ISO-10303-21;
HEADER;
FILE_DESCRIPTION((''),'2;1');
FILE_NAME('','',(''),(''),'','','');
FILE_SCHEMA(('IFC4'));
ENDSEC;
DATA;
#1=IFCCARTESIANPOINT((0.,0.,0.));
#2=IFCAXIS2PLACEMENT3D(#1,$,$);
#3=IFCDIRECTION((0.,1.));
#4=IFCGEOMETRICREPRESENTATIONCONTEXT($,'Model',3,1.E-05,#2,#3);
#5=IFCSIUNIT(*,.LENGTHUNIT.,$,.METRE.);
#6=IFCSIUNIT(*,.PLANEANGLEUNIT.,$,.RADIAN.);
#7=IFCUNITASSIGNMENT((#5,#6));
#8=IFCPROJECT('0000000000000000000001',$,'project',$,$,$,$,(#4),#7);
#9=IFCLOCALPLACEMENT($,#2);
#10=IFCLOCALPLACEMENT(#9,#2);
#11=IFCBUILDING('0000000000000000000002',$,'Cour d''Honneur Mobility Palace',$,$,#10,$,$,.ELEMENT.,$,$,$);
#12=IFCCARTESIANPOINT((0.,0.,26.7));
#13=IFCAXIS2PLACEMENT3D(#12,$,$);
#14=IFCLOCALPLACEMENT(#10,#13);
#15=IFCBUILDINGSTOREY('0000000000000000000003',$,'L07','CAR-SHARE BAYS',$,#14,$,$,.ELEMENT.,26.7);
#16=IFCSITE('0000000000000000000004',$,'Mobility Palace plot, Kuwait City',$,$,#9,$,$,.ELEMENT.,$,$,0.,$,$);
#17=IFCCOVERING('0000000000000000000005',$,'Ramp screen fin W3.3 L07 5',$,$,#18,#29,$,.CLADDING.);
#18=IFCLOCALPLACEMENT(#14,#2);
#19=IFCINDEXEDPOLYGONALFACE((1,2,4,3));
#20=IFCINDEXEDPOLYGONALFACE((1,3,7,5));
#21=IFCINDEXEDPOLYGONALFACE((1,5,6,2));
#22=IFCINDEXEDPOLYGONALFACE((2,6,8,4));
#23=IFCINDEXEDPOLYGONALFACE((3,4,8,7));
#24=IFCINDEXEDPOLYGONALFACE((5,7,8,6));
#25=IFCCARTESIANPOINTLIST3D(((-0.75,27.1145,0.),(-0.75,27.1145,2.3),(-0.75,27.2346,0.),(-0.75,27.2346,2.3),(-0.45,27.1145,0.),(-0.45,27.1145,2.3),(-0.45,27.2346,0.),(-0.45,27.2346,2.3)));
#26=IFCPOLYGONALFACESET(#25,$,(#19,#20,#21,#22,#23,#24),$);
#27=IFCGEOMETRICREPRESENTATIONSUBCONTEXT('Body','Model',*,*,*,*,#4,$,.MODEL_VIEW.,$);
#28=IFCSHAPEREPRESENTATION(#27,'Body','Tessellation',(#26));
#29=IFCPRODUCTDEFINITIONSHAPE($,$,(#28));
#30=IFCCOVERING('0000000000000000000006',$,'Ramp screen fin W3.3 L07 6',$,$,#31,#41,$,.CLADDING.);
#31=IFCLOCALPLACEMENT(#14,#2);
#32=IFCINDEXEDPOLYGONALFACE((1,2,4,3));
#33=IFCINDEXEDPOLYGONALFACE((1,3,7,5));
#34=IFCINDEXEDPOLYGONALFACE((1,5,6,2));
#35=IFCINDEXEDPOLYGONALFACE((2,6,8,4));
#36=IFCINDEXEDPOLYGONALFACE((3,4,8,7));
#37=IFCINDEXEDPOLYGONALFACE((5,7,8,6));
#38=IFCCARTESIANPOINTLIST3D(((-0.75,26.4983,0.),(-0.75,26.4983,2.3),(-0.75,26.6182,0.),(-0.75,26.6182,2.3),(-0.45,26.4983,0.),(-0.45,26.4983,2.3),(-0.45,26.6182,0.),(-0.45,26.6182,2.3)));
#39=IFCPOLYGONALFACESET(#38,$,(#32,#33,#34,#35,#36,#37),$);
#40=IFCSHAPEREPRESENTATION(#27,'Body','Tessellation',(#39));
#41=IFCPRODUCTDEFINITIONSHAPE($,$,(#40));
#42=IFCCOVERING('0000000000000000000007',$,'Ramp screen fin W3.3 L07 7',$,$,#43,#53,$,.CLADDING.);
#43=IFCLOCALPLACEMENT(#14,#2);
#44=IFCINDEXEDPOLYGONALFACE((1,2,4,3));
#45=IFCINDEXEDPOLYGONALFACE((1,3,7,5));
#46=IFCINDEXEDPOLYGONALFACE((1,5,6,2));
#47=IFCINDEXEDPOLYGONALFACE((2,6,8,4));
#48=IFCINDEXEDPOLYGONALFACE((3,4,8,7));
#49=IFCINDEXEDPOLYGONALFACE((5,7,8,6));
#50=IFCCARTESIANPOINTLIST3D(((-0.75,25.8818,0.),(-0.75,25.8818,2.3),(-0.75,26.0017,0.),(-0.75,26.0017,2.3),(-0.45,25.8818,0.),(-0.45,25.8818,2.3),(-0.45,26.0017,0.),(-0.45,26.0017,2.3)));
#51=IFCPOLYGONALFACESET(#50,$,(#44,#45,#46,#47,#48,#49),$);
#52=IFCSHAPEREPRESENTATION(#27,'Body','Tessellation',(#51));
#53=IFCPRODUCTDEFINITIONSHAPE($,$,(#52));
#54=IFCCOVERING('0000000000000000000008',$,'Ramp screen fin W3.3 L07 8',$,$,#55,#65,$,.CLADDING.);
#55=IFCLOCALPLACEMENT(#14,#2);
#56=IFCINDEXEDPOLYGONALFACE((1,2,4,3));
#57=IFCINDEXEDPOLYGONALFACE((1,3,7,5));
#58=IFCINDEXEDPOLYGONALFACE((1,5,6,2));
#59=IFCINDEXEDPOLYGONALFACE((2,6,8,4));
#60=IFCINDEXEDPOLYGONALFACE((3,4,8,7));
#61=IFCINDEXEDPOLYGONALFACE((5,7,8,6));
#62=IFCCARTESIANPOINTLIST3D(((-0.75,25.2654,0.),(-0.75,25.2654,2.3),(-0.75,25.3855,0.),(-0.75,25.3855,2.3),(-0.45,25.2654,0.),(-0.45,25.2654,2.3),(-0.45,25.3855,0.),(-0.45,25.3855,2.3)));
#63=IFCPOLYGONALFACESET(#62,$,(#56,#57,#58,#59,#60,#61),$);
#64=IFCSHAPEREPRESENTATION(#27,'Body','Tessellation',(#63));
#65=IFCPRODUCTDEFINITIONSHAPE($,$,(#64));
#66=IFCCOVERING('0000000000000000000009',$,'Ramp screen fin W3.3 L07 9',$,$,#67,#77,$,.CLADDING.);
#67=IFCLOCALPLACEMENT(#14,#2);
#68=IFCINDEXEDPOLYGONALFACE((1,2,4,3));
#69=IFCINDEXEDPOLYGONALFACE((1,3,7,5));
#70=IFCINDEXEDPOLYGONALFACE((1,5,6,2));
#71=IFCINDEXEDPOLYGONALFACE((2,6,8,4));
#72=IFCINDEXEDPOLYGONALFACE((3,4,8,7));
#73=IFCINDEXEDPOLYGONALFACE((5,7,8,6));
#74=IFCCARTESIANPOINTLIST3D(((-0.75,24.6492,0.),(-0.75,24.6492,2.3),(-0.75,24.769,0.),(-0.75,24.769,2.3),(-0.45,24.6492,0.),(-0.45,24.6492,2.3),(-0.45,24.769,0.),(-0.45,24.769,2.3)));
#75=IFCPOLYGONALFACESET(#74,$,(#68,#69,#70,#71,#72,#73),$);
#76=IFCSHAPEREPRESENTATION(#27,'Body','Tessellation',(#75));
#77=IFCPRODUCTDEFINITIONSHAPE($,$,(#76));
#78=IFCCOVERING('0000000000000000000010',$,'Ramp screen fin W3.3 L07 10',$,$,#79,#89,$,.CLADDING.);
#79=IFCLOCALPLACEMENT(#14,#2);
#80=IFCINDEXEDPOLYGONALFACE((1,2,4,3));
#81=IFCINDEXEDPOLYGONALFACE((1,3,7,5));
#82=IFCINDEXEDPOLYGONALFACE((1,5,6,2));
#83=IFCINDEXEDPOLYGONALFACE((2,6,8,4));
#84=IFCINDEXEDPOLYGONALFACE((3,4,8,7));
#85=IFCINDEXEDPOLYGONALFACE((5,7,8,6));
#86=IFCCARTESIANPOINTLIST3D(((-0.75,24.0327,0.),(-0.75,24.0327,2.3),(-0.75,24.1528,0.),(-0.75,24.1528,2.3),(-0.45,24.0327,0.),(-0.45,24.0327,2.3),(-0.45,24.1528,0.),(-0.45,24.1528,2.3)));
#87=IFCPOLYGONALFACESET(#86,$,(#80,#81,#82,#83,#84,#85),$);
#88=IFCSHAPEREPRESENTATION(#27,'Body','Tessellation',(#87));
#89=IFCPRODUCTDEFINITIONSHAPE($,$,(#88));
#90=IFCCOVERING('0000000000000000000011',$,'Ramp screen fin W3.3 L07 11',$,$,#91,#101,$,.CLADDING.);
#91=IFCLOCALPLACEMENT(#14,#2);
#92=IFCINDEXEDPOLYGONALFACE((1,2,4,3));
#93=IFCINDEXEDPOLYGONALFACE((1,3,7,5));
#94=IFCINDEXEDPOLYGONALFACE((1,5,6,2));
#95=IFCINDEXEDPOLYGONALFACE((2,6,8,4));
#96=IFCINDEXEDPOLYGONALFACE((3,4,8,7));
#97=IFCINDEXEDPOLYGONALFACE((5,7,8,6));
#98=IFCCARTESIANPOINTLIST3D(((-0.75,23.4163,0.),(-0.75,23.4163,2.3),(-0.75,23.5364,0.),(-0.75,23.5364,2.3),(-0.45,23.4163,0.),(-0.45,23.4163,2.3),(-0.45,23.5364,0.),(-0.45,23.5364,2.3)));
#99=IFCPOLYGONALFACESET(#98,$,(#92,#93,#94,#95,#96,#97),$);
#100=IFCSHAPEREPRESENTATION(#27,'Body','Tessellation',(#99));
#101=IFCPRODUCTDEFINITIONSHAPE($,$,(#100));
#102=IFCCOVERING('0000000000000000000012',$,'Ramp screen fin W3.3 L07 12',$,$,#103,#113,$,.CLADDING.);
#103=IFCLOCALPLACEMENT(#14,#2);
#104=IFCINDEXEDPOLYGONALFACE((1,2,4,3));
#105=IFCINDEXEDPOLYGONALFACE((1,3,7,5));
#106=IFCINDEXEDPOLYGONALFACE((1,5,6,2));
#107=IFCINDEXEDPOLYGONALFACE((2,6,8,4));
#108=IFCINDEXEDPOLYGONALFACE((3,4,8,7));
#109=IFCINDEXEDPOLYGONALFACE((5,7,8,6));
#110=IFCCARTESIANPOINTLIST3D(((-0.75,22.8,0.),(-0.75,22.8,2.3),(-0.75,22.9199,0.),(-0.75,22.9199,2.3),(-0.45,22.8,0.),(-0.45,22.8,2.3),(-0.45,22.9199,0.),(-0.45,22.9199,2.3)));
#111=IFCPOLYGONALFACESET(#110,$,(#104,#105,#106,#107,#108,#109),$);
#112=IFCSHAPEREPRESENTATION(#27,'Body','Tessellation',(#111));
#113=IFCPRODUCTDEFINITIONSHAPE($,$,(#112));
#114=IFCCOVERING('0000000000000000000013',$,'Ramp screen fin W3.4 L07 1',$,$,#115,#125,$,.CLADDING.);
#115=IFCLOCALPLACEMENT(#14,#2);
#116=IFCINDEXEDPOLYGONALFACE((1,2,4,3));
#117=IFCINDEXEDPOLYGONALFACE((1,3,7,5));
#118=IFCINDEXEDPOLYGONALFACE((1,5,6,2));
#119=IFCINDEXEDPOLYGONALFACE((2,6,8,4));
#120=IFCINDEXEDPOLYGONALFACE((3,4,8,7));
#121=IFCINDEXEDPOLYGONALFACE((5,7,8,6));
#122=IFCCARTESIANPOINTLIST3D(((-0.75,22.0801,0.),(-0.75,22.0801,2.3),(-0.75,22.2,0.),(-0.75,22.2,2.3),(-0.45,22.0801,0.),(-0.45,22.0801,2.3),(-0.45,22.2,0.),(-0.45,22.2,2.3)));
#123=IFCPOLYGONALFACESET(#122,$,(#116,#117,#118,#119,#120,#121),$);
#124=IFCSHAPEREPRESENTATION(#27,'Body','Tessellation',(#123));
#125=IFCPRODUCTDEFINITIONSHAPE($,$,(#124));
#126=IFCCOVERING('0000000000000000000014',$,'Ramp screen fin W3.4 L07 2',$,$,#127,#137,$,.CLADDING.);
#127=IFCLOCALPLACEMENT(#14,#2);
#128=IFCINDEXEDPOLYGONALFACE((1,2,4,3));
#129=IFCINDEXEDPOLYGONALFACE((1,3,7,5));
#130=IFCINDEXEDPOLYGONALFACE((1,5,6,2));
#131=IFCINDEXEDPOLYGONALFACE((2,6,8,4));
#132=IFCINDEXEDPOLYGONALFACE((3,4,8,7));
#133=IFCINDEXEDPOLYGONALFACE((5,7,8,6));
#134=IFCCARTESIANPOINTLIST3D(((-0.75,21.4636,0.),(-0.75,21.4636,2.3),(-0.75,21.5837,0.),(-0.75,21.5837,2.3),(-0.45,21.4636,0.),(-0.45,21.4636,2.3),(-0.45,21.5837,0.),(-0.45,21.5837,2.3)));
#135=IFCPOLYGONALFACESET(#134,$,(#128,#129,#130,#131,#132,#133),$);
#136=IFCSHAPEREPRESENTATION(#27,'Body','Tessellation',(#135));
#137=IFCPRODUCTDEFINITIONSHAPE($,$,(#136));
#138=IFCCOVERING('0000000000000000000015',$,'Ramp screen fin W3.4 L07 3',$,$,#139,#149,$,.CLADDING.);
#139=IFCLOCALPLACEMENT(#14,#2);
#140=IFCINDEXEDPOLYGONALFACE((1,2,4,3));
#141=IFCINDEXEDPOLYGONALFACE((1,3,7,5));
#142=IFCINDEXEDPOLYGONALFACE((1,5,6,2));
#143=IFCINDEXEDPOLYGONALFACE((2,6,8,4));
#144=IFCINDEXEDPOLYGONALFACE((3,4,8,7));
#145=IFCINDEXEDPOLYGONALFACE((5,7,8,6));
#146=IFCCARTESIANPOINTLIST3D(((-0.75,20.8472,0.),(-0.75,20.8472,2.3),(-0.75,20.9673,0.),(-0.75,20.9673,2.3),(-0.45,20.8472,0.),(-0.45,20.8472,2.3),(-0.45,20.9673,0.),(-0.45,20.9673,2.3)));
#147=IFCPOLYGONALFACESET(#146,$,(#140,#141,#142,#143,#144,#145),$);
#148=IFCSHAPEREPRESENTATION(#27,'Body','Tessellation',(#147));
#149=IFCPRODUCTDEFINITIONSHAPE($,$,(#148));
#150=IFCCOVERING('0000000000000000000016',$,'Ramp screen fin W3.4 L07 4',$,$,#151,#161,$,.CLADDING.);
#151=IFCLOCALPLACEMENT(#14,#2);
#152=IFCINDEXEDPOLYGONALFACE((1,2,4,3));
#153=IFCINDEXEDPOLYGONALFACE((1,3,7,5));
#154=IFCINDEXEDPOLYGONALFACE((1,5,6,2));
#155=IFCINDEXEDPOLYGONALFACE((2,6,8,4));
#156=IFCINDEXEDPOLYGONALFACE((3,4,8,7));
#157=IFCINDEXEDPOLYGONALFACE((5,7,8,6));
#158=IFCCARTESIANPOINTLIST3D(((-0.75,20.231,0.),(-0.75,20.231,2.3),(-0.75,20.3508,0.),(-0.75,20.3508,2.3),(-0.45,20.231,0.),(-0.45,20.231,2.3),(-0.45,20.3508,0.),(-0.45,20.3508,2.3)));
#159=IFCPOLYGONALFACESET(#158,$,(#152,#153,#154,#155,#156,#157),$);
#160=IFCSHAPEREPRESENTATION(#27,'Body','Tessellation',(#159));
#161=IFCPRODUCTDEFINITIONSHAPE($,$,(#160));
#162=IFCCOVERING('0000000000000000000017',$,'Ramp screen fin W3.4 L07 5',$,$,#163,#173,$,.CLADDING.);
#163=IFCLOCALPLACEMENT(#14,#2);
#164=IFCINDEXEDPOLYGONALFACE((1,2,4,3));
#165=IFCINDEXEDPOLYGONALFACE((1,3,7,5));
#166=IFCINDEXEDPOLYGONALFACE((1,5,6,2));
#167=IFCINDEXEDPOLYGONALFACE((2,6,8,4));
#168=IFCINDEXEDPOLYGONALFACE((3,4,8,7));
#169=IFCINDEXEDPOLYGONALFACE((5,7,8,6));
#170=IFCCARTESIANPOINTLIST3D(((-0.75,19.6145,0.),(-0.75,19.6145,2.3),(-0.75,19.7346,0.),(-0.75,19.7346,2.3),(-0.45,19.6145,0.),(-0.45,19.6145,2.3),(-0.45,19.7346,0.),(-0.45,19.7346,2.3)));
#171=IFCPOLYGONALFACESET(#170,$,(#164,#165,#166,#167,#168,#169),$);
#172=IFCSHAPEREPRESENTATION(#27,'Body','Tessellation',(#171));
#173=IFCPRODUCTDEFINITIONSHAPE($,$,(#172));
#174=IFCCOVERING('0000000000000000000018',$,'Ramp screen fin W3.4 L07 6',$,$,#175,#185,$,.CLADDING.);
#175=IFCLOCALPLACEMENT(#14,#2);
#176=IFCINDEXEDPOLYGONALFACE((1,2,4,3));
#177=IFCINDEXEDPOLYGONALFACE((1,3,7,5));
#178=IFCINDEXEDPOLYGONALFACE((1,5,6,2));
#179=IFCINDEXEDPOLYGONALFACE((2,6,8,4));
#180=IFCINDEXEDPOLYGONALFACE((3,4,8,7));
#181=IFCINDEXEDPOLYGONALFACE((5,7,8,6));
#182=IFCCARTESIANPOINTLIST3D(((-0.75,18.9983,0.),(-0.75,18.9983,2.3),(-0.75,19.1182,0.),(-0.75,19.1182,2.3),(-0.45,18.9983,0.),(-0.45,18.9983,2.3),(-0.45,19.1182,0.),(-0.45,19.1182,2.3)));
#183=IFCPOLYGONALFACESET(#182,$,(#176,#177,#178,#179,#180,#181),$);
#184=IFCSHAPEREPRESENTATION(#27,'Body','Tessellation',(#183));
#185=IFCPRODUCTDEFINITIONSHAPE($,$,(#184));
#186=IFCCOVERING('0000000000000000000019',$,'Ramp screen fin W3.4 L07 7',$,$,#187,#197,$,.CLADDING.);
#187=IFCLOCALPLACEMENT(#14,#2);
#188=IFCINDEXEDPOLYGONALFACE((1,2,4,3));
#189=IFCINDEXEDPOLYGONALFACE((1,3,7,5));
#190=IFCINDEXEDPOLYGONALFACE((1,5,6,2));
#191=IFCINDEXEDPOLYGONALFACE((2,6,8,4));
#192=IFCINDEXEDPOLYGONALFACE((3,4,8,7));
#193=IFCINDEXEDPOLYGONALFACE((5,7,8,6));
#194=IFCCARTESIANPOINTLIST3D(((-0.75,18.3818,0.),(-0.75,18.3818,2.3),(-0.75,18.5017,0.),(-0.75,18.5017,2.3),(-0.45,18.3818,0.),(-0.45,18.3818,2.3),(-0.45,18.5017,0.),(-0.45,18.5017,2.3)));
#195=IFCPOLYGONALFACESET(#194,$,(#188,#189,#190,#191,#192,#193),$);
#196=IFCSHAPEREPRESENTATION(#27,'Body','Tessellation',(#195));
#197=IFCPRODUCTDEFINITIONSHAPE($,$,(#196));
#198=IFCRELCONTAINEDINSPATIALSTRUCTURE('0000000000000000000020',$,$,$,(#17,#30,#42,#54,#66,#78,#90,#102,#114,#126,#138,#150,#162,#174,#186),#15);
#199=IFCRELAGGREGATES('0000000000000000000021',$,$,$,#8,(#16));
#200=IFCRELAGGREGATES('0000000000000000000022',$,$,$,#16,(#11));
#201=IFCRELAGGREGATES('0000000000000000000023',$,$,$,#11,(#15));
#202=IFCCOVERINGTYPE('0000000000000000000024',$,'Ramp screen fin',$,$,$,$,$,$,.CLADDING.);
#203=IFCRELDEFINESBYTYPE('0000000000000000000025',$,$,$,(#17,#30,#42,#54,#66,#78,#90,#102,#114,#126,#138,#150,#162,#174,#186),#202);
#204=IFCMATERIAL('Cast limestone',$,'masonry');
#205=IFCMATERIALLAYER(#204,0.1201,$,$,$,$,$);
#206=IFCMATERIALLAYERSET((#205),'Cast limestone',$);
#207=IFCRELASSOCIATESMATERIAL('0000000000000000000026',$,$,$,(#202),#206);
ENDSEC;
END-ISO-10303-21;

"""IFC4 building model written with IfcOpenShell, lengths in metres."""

from ifc_helpers import new_model, si_unit, direction, frame, origin, place, context, subcontext, project, spatial, polyline, outline, extrude, material, layer, layer_set, type_object, element, save


model = new_model("IFC4")

# Units and contexts
model_context = context("Model", 3, precision=1e-05, world=origin(), true_north=direction((0.0, 1.0)))
body_context = subcontext(model_context, "Body", "Model", "MODEL_VIEW")
ifc_project = project(units=[si_unit("LENGTHUNIT", "METRE"), si_unit("PLANEANGLEUNIT", "RADIAN")], contexts=[model_context])

# Site, building, storey
site_placement = place(None, origin())
site = spatial("IfcSite", under=ifc_project, at=site_placement, Name="Mobility Palace plot, Kuwait City", CompositionType="ELEMENT", RefElevation=0.0)
building_placement = place(site_placement, origin())
building = spatial("IfcBuilding", under=site, at=building_placement, Name="Cour d'Honneur Mobility Palace", CompositionType="ELEMENT")
storey_placement = place(building_placement, frame((0.0, 0.0, 26.7)))
storey = spatial("IfcBuildingStorey", under=building, at=storey_placement, Name="L07", Description="CAR-SHARE BAYS", CompositionType="ELEMENT", Elevation=26.7)

# Coverings
ifc_material = material(Name="Cast limestone", Category="masonry")
ifc_layer = layer(ifc_material, 0.1201)
ifc_layer_set = layer_set([ifc_layer], Name="Cast limestone")
covering_type = type_object("IfcCoveringType", Name="Ramp screen fin", PredefinedType="CLADDING", material=ifc_layer_set)
covering_1_placement = place(storey_placement, origin())
element("IfcCovering", 1, at=covering_1_placement, inside=storey, type_object=covering_type, Name="Ramp screen fin W3.3 L07 5", PredefinedType="CLADDING", context=body_context, shape_type="SweptSolid", body=[
    extrude(outline(polyline([(-0.45, 27.2346), (-0.45, 27.1145), (-0.75, 27.1145), (-0.75, 27.2346), (-0.45, 27.2346)])), origin(), (0.0, 0.0, 1.0), 2.3),
])
covering_2_placement = place(storey_placement, origin())
element("IfcCovering", 2, at=covering_2_placement, inside=storey, type_object=covering_type, Name="Ramp screen fin W3.3 L07 6", PredefinedType="CLADDING", context=body_context, shape_type="SweptSolid", body=[
    extrude(outline(polyline([(-0.45, 26.6182), (-0.45, 26.4983), (-0.75, 26.4983), (-0.75, 26.6182), (-0.45, 26.6182)])), origin(), (0.0, 0.0, 1.0), 2.3),
])
covering_3_placement = place(storey_placement, origin())
element("IfcCovering", 3, at=covering_3_placement, inside=storey, type_object=covering_type, Name="Ramp screen fin W3.3 L07 7", PredefinedType="CLADDING", context=body_context, shape_type="SweptSolid", body=[
    extrude(outline(polyline([(-0.45, 26.0017), (-0.45, 25.8818), (-0.75, 25.8818), (-0.75, 26.0017), (-0.45, 26.0017)])), origin(), (0.0, 0.0, 1.0), 2.3),
])
covering_4_placement = place(storey_placement, origin())
element("IfcCovering", 4, at=covering_4_placement, inside=storey, type_object=covering_type, Name="Ramp screen fin W3.3 L07 8", PredefinedType="CLADDING", context=body_context, shape_type="SweptSolid", body=[
    extrude(outline(polyline([(-0.45, 25.3855), (-0.45, 25.2654), (-0.75, 25.2654), (-0.75, 25.3855), (-0.45, 25.3855)])), origin(), (0.0, 0.0, 1.0), 2.3),
])
covering_5_placement = place(storey_placement, origin())
element("IfcCovering", 5, at=covering_5_placement, inside=storey, type_object=covering_type, Name="Ramp screen fin W3.3 L07 9", PredefinedType="CLADDING", context=body_context, shape_type="SweptSolid", body=[
    extrude(outline(polyline([(-0.45, 24.769), (-0.45, 24.6492), (-0.75, 24.6492), (-0.75, 24.769), (-0.45, 24.769)])), origin(), (0.0, 0.0, 1.0), 2.3),
])
covering_6_placement = place(storey_placement, origin())
element("IfcCovering", 6, at=covering_6_placement, inside=storey, type_object=covering_type, Name="Ramp screen fin W3.3 L07 10", PredefinedType="CLADDING", context=body_context, shape_type="SweptSolid", body=[
    extrude(outline(polyline([(-0.45, 24.1528), (-0.45, 24.0327), (-0.75, 24.0327), (-0.75, 24.1528), (-0.45, 24.1528)])), origin(), (0.0, 0.0, 1.0), 2.3),
])
covering_7_placement = place(storey_placement, origin())
element("IfcCovering", 7, at=covering_7_placement, inside=storey, type_object=covering_type, Name="Ramp screen fin W3.3 L07 11", PredefinedType="CLADDING", context=body_context, shape_type="SweptSolid", body=[
    extrude(outline(polyline([(-0.45, 23.5364), (-0.45, 23.4163), (-0.75, 23.4163), (-0.75, 23.5364), (-0.45, 23.5364)])), origin(), (0.0, 0.0, 1.0), 2.3),
])
covering_8_placement = place(storey_placement, origin())
element("IfcCovering", 8, at=covering_8_placement, inside=storey, type_object=covering_type, Name="Ramp screen fin W3.3 L07 12", PredefinedType="CLADDING", context=body_context, shape_type="SweptSolid", body=[
    extrude(outline(polyline([(-0.45, 22.9199), (-0.45, 22.8), (-0.75, 22.8), (-0.75, 22.9199), (-0.45, 22.9199)])), origin(), (0.0, 0.0, 1.0), 2.3),
])
covering_9_placement = place(storey_placement, origin())
element("IfcCovering", 9, at=covering_9_placement, inside=storey, type_object=covering_type, Name="Ramp screen fin W3.4 L07 1", PredefinedType="CLADDING", context=body_context, shape_type="SweptSolid", body=[
    extrude(outline(polyline([(-0.45, 22.2), (-0.45, 22.0801), (-0.75, 22.0801), (-0.75, 22.2), (-0.45, 22.2)])), origin(), (0.0, 0.0, 1.0), 2.3),
])
covering_10_placement = place(storey_placement, origin())
element("IfcCovering", 10, at=covering_10_placement, inside=storey, type_object=covering_type, Name="Ramp screen fin W3.4 L07 2", PredefinedType="CLADDING", context=body_context, shape_type="SweptSolid", body=[
    extrude(outline(polyline([(-0.45, 21.5837), (-0.45, 21.4636), (-0.75, 21.4636), (-0.75, 21.5837), (-0.45, 21.5837)])), origin(), (0.0, 0.0, 1.0), 2.3),
])
covering_11_placement = place(storey_placement, origin())
element("IfcCovering", 11, at=covering_11_placement, inside=storey, type_object=covering_type, Name="Ramp screen fin W3.4 L07 3", PredefinedType="CLADDING", context=body_context, shape_type="SweptSolid", body=[
    extrude(outline(polyline([(-0.45, 20.9673), (-0.45, 20.8472), (-0.75, 20.8472), (-0.75, 20.9673), (-0.45, 20.9673)])), origin(), (0.0, 0.0, 1.0), 2.3),
])
covering_12_placement = place(storey_placement, origin())
element("IfcCovering", 12, at=covering_12_placement, inside=storey, type_object=covering_type, Name="Ramp screen fin W3.4 L07 4", PredefinedType="CLADDING", context=body_context, shape_type="SweptSolid", body=[
    extrude(outline(polyline([(-0.45, 20.3508), (-0.45, 20.231), (-0.75, 20.231), (-0.75, 20.3508), (-0.45, 20.3508)])), origin(), (0.0, 0.0, 1.0), 2.3),
])
covering_13_placement = place(storey_placement, origin())
element("IfcCovering", 13, at=covering_13_placement, inside=storey, type_object=covering_type, Name="Ramp screen fin W3.4 L07 5", PredefinedType="CLADDING", context=body_context, shape_type="SweptSolid", body=[
    extrude(outline(polyline([(-0.45, 19.7346), (-0.45, 19.6145), (-0.75, 19.6145), (-0.75, 19.7346), (-0.45, 19.7346)])), origin(), (0.0, 0.0, 1.0), 2.3),
])
covering_14_placement = place(storey_placement, origin())
element("IfcCovering", 14, at=covering_14_placement, inside=storey, type_object=covering_type, Name="Ramp screen fin W3.4 L07 6", PredefinedType="CLADDING", context=body_context, shape_type="SweptSolid", body=[
    extrude(outline(polyline([(-0.45, 19.1182), (-0.45, 18.9983), (-0.75, 18.9983), (-0.75, 19.1182), (-0.45, 19.1182)])), origin(), (0.0, 0.0, 1.0), 2.3),
])
covering_15_placement = place(storey_placement, origin())
element("IfcCovering", 15, at=covering_15_placement, inside=storey, type_object=covering_type, Name="Ramp screen fin W3.4 L07 7", PredefinedType="CLADDING", context=body_context, shape_type="SweptSolid", body=[
    extrude(outline(polyline([(-0.45, 18.5017), (-0.45, 18.3818), (-0.75, 18.3818), (-0.75, 18.5017), (-0.45, 18.5017)])), origin(), (0.0, 0.0, 1.0), 2.3),
])

save(model, "model.ifc")
